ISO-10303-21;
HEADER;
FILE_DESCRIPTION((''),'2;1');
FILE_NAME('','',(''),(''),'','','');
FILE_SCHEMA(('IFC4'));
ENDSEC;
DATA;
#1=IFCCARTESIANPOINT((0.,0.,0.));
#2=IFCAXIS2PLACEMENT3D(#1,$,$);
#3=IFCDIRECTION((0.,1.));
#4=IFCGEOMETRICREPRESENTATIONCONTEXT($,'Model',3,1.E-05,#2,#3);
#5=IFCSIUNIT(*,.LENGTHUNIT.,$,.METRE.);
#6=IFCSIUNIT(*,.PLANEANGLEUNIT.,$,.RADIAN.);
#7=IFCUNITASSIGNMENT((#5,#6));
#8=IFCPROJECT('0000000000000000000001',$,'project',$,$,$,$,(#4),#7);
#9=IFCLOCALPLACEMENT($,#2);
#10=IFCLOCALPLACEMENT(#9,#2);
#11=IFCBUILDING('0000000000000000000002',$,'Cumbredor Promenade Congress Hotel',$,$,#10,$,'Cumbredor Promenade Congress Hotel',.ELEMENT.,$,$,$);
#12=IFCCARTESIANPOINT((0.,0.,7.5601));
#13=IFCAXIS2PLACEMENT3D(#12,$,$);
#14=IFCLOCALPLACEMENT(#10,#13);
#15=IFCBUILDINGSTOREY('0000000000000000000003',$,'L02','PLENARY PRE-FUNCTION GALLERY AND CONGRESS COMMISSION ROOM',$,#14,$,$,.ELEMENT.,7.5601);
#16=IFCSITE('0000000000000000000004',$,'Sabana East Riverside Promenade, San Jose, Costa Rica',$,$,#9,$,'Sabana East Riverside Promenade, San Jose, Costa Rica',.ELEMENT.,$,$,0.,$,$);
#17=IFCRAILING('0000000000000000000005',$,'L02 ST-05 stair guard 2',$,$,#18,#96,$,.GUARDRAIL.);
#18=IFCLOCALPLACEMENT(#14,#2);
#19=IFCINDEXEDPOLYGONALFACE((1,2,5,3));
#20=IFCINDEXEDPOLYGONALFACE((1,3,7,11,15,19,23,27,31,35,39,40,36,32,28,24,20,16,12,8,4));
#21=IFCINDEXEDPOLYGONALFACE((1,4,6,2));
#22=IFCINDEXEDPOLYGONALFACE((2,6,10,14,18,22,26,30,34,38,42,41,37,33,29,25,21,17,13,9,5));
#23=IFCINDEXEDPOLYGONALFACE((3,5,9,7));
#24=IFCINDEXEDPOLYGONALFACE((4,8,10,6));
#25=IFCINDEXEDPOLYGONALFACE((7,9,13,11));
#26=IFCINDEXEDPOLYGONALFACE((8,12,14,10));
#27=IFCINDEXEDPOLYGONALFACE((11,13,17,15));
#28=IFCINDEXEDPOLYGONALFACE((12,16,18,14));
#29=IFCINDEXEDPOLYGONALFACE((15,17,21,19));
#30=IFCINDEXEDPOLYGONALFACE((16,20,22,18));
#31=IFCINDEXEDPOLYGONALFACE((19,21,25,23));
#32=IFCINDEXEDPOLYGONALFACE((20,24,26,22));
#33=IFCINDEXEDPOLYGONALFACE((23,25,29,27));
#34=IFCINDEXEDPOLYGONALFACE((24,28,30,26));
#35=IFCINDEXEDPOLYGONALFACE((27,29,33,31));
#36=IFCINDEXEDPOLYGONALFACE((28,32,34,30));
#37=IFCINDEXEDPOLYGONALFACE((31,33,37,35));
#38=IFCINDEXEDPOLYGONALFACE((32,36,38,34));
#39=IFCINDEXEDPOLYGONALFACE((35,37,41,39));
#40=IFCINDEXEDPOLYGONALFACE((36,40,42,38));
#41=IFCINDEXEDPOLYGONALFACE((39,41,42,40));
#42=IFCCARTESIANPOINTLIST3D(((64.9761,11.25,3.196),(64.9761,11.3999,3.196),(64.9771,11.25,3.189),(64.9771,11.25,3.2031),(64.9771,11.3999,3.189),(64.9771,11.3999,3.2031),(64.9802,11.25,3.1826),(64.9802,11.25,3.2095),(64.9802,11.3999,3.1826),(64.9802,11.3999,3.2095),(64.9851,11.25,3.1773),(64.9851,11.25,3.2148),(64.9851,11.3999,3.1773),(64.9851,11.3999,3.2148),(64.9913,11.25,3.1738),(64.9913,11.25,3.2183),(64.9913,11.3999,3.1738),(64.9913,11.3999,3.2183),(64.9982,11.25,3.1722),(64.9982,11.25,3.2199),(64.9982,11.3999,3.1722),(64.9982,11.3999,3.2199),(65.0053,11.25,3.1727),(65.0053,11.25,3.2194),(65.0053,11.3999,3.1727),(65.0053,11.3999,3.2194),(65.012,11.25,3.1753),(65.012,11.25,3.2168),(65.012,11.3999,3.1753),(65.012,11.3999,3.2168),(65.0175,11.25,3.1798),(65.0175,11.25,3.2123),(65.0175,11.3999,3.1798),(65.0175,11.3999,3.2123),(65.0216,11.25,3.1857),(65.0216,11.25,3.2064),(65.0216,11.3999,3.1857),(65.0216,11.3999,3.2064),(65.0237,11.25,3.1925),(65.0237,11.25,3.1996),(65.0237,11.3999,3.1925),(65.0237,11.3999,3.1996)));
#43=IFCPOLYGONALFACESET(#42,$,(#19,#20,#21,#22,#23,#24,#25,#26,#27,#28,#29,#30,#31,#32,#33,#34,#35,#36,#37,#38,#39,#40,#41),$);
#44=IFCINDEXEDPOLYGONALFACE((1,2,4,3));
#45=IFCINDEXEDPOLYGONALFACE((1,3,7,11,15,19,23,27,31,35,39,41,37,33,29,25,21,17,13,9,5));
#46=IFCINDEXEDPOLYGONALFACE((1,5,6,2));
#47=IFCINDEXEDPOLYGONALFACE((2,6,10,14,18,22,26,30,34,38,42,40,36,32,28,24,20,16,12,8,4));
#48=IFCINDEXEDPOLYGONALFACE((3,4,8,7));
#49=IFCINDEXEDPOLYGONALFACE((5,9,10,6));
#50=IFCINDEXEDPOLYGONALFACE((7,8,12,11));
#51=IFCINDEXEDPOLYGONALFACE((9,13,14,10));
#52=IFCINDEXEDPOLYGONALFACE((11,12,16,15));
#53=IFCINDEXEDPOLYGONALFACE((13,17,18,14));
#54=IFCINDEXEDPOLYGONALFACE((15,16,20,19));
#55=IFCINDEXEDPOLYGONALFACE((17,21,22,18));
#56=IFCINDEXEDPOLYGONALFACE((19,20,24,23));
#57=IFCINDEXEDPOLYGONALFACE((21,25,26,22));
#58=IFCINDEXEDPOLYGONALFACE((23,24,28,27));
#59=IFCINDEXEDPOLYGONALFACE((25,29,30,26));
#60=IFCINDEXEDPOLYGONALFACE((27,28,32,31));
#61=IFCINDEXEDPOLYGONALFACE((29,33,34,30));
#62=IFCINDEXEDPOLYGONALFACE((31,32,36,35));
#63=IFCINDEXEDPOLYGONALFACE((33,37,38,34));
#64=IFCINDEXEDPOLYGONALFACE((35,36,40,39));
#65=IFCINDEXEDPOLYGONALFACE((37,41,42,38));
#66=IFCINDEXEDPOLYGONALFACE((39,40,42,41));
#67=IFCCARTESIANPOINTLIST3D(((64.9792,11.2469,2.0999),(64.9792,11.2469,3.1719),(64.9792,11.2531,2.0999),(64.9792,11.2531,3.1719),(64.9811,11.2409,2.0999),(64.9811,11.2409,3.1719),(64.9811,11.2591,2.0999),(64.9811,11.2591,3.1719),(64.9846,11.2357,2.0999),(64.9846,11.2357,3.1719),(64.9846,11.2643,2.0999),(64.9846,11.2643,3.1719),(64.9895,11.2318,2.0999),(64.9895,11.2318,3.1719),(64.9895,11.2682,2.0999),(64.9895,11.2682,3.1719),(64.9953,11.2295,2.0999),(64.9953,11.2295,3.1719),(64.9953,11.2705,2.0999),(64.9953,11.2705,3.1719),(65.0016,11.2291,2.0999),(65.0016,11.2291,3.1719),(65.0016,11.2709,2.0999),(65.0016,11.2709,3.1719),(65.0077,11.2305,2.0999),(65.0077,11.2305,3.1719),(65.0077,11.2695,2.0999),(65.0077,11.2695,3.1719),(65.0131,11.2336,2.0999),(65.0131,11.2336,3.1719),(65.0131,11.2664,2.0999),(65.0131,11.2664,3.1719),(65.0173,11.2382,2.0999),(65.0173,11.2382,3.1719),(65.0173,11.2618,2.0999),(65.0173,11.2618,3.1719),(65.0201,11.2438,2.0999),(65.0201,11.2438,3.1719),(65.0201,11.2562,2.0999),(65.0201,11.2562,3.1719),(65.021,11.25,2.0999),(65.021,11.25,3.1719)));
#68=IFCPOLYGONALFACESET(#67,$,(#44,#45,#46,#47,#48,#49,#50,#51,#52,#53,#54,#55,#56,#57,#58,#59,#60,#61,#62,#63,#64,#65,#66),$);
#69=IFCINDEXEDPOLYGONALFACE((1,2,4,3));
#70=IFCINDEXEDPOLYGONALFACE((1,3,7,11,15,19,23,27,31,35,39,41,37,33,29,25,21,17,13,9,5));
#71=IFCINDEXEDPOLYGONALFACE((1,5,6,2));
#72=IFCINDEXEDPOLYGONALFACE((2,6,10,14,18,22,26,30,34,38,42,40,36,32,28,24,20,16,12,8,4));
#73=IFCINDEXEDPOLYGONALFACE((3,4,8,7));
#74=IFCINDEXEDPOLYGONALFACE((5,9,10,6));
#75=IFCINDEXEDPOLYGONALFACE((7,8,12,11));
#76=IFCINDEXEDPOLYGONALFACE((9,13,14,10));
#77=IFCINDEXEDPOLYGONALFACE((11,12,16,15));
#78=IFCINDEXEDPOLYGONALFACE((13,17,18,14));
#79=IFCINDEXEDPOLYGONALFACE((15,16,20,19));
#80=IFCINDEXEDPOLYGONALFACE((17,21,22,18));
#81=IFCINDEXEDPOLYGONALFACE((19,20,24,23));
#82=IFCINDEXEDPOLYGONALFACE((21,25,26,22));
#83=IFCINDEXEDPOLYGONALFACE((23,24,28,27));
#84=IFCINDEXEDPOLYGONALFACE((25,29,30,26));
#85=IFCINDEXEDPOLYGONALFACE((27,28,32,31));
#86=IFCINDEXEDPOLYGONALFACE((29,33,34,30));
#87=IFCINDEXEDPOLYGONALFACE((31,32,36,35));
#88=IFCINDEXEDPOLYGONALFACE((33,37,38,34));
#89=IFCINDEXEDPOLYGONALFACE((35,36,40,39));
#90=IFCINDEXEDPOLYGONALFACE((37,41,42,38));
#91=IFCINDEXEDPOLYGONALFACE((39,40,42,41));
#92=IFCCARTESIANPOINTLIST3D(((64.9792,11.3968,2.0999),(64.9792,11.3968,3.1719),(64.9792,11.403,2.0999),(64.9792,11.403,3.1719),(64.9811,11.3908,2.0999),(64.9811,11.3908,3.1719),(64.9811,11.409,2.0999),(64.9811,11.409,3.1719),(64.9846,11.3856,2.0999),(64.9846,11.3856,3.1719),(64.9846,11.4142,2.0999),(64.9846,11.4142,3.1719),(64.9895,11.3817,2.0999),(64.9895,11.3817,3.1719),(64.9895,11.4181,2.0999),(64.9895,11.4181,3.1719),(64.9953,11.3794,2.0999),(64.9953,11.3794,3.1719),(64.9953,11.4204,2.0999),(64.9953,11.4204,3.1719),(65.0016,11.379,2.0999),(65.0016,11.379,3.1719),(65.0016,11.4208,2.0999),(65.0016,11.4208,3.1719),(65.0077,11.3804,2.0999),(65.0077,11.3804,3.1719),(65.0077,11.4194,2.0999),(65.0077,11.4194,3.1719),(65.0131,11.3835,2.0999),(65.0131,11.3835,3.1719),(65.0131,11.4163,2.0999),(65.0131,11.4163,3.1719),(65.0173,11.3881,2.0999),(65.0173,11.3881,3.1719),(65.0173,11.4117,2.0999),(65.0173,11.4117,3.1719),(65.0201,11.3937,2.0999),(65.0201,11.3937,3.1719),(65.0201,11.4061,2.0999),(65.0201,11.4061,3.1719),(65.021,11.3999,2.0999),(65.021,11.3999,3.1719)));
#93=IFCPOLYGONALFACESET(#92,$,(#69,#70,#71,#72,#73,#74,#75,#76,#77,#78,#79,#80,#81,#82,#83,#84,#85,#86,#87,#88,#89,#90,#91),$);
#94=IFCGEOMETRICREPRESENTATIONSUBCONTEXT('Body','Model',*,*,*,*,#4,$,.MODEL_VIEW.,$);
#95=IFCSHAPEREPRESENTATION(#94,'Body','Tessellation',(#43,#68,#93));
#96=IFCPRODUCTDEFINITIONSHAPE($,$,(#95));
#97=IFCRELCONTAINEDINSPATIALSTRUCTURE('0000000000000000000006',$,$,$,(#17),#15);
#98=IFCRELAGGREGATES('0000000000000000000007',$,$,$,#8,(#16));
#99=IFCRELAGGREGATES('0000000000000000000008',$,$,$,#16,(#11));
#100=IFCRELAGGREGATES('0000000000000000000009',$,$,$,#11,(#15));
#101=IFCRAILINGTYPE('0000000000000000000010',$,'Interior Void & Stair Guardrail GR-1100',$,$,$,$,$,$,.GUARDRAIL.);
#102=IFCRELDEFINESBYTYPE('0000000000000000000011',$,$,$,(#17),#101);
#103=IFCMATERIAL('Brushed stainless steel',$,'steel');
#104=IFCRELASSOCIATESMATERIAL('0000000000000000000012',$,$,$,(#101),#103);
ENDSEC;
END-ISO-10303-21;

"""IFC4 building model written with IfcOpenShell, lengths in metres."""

from ifc_helpers import new_model, si_unit, direction, frame, origin, origin_2d, place, context, subcontext, project, spatial, circle, extrude, material, type_object, element, save


model = new_model("IFC4")

# Units and contexts
model_context = context("Model", 3, precision=1e-05, world=origin(), true_north=direction((0.0, 1.0)))
body_context = subcontext(model_context, "Body", "Model", "MODEL_VIEW")
ifc_project = project(units=[si_unit("LENGTHUNIT", "METRE"), si_unit("PLANEANGLEUNIT", "RADIAN")], contexts=[model_context])

# Site, building, storey
site_placement = place(None, origin())
site = spatial("IfcSite", under=ifc_project, at=site_placement, Name="Sabana East Riverside Promenade, San Jose, Costa Rica", LongName="Sabana East Riverside Promenade, San Jose, Costa Rica", CompositionType="ELEMENT", RefElevation=0.0)
building_placement = place(site_placement, origin())
building = spatial("IfcBuilding", under=site, at=building_placement, Name="Cumbredor Promenade Congress Hotel", LongName="Cumbredor Promenade Congress Hotel", CompositionType="ELEMENT")
storey_placement = place(building_placement, frame((0.0, 0.0, 7.5601)))
storey = spatial("IfcBuildingStorey", under=building, at=storey_placement, Name="L02", Description="PLENARY PRE-FUNCTION GALLERY AND CONGRESS COMMISSION ROOM", CompositionType="ELEMENT", Elevation=7.5601)

# Railing
ifc_material_1 = material(Name="Brushed stainless steel", Category="steel")
railing_type_1 = type_object("IfcRailingType", Name="Interior Void & Stair Guardrail GR-1100", PredefinedType="GUARDRAIL", material=ifc_material_1)
railing_1_placement = place(storey_placement, frame((65.0, 11.25, 2.0999)))
element("IfcRailing", 1, at=railing_1_placement, inside=storey, type_object=railing_type_1, Name="L02 ST-05 stair guard 2", PredefinedType="GUARDRAIL", context=body_context, shape_type="SweptSolid", body=[
    extrude(circle(Radius=0.0239, at=origin_2d()), frame((0.0, 0.0, 1.0962), z_axis=(0.0, 1.0, 0.0), x_axis=(-1.0, 0.0, 0.0)), (0.0, 0.0, 1.0), 0.1499),
    extrude(circle(Radius=0.021, at=origin_2d()), origin(), (0.0, 0.0, 1.0), 1.072),
    extrude(circle(Radius=0.021, at=origin_2d()), frame((0.0, 0.1499, 0.0)), (0.0, 0.0, 1.0), 1.072),
])

save(model, "model.ifc")
